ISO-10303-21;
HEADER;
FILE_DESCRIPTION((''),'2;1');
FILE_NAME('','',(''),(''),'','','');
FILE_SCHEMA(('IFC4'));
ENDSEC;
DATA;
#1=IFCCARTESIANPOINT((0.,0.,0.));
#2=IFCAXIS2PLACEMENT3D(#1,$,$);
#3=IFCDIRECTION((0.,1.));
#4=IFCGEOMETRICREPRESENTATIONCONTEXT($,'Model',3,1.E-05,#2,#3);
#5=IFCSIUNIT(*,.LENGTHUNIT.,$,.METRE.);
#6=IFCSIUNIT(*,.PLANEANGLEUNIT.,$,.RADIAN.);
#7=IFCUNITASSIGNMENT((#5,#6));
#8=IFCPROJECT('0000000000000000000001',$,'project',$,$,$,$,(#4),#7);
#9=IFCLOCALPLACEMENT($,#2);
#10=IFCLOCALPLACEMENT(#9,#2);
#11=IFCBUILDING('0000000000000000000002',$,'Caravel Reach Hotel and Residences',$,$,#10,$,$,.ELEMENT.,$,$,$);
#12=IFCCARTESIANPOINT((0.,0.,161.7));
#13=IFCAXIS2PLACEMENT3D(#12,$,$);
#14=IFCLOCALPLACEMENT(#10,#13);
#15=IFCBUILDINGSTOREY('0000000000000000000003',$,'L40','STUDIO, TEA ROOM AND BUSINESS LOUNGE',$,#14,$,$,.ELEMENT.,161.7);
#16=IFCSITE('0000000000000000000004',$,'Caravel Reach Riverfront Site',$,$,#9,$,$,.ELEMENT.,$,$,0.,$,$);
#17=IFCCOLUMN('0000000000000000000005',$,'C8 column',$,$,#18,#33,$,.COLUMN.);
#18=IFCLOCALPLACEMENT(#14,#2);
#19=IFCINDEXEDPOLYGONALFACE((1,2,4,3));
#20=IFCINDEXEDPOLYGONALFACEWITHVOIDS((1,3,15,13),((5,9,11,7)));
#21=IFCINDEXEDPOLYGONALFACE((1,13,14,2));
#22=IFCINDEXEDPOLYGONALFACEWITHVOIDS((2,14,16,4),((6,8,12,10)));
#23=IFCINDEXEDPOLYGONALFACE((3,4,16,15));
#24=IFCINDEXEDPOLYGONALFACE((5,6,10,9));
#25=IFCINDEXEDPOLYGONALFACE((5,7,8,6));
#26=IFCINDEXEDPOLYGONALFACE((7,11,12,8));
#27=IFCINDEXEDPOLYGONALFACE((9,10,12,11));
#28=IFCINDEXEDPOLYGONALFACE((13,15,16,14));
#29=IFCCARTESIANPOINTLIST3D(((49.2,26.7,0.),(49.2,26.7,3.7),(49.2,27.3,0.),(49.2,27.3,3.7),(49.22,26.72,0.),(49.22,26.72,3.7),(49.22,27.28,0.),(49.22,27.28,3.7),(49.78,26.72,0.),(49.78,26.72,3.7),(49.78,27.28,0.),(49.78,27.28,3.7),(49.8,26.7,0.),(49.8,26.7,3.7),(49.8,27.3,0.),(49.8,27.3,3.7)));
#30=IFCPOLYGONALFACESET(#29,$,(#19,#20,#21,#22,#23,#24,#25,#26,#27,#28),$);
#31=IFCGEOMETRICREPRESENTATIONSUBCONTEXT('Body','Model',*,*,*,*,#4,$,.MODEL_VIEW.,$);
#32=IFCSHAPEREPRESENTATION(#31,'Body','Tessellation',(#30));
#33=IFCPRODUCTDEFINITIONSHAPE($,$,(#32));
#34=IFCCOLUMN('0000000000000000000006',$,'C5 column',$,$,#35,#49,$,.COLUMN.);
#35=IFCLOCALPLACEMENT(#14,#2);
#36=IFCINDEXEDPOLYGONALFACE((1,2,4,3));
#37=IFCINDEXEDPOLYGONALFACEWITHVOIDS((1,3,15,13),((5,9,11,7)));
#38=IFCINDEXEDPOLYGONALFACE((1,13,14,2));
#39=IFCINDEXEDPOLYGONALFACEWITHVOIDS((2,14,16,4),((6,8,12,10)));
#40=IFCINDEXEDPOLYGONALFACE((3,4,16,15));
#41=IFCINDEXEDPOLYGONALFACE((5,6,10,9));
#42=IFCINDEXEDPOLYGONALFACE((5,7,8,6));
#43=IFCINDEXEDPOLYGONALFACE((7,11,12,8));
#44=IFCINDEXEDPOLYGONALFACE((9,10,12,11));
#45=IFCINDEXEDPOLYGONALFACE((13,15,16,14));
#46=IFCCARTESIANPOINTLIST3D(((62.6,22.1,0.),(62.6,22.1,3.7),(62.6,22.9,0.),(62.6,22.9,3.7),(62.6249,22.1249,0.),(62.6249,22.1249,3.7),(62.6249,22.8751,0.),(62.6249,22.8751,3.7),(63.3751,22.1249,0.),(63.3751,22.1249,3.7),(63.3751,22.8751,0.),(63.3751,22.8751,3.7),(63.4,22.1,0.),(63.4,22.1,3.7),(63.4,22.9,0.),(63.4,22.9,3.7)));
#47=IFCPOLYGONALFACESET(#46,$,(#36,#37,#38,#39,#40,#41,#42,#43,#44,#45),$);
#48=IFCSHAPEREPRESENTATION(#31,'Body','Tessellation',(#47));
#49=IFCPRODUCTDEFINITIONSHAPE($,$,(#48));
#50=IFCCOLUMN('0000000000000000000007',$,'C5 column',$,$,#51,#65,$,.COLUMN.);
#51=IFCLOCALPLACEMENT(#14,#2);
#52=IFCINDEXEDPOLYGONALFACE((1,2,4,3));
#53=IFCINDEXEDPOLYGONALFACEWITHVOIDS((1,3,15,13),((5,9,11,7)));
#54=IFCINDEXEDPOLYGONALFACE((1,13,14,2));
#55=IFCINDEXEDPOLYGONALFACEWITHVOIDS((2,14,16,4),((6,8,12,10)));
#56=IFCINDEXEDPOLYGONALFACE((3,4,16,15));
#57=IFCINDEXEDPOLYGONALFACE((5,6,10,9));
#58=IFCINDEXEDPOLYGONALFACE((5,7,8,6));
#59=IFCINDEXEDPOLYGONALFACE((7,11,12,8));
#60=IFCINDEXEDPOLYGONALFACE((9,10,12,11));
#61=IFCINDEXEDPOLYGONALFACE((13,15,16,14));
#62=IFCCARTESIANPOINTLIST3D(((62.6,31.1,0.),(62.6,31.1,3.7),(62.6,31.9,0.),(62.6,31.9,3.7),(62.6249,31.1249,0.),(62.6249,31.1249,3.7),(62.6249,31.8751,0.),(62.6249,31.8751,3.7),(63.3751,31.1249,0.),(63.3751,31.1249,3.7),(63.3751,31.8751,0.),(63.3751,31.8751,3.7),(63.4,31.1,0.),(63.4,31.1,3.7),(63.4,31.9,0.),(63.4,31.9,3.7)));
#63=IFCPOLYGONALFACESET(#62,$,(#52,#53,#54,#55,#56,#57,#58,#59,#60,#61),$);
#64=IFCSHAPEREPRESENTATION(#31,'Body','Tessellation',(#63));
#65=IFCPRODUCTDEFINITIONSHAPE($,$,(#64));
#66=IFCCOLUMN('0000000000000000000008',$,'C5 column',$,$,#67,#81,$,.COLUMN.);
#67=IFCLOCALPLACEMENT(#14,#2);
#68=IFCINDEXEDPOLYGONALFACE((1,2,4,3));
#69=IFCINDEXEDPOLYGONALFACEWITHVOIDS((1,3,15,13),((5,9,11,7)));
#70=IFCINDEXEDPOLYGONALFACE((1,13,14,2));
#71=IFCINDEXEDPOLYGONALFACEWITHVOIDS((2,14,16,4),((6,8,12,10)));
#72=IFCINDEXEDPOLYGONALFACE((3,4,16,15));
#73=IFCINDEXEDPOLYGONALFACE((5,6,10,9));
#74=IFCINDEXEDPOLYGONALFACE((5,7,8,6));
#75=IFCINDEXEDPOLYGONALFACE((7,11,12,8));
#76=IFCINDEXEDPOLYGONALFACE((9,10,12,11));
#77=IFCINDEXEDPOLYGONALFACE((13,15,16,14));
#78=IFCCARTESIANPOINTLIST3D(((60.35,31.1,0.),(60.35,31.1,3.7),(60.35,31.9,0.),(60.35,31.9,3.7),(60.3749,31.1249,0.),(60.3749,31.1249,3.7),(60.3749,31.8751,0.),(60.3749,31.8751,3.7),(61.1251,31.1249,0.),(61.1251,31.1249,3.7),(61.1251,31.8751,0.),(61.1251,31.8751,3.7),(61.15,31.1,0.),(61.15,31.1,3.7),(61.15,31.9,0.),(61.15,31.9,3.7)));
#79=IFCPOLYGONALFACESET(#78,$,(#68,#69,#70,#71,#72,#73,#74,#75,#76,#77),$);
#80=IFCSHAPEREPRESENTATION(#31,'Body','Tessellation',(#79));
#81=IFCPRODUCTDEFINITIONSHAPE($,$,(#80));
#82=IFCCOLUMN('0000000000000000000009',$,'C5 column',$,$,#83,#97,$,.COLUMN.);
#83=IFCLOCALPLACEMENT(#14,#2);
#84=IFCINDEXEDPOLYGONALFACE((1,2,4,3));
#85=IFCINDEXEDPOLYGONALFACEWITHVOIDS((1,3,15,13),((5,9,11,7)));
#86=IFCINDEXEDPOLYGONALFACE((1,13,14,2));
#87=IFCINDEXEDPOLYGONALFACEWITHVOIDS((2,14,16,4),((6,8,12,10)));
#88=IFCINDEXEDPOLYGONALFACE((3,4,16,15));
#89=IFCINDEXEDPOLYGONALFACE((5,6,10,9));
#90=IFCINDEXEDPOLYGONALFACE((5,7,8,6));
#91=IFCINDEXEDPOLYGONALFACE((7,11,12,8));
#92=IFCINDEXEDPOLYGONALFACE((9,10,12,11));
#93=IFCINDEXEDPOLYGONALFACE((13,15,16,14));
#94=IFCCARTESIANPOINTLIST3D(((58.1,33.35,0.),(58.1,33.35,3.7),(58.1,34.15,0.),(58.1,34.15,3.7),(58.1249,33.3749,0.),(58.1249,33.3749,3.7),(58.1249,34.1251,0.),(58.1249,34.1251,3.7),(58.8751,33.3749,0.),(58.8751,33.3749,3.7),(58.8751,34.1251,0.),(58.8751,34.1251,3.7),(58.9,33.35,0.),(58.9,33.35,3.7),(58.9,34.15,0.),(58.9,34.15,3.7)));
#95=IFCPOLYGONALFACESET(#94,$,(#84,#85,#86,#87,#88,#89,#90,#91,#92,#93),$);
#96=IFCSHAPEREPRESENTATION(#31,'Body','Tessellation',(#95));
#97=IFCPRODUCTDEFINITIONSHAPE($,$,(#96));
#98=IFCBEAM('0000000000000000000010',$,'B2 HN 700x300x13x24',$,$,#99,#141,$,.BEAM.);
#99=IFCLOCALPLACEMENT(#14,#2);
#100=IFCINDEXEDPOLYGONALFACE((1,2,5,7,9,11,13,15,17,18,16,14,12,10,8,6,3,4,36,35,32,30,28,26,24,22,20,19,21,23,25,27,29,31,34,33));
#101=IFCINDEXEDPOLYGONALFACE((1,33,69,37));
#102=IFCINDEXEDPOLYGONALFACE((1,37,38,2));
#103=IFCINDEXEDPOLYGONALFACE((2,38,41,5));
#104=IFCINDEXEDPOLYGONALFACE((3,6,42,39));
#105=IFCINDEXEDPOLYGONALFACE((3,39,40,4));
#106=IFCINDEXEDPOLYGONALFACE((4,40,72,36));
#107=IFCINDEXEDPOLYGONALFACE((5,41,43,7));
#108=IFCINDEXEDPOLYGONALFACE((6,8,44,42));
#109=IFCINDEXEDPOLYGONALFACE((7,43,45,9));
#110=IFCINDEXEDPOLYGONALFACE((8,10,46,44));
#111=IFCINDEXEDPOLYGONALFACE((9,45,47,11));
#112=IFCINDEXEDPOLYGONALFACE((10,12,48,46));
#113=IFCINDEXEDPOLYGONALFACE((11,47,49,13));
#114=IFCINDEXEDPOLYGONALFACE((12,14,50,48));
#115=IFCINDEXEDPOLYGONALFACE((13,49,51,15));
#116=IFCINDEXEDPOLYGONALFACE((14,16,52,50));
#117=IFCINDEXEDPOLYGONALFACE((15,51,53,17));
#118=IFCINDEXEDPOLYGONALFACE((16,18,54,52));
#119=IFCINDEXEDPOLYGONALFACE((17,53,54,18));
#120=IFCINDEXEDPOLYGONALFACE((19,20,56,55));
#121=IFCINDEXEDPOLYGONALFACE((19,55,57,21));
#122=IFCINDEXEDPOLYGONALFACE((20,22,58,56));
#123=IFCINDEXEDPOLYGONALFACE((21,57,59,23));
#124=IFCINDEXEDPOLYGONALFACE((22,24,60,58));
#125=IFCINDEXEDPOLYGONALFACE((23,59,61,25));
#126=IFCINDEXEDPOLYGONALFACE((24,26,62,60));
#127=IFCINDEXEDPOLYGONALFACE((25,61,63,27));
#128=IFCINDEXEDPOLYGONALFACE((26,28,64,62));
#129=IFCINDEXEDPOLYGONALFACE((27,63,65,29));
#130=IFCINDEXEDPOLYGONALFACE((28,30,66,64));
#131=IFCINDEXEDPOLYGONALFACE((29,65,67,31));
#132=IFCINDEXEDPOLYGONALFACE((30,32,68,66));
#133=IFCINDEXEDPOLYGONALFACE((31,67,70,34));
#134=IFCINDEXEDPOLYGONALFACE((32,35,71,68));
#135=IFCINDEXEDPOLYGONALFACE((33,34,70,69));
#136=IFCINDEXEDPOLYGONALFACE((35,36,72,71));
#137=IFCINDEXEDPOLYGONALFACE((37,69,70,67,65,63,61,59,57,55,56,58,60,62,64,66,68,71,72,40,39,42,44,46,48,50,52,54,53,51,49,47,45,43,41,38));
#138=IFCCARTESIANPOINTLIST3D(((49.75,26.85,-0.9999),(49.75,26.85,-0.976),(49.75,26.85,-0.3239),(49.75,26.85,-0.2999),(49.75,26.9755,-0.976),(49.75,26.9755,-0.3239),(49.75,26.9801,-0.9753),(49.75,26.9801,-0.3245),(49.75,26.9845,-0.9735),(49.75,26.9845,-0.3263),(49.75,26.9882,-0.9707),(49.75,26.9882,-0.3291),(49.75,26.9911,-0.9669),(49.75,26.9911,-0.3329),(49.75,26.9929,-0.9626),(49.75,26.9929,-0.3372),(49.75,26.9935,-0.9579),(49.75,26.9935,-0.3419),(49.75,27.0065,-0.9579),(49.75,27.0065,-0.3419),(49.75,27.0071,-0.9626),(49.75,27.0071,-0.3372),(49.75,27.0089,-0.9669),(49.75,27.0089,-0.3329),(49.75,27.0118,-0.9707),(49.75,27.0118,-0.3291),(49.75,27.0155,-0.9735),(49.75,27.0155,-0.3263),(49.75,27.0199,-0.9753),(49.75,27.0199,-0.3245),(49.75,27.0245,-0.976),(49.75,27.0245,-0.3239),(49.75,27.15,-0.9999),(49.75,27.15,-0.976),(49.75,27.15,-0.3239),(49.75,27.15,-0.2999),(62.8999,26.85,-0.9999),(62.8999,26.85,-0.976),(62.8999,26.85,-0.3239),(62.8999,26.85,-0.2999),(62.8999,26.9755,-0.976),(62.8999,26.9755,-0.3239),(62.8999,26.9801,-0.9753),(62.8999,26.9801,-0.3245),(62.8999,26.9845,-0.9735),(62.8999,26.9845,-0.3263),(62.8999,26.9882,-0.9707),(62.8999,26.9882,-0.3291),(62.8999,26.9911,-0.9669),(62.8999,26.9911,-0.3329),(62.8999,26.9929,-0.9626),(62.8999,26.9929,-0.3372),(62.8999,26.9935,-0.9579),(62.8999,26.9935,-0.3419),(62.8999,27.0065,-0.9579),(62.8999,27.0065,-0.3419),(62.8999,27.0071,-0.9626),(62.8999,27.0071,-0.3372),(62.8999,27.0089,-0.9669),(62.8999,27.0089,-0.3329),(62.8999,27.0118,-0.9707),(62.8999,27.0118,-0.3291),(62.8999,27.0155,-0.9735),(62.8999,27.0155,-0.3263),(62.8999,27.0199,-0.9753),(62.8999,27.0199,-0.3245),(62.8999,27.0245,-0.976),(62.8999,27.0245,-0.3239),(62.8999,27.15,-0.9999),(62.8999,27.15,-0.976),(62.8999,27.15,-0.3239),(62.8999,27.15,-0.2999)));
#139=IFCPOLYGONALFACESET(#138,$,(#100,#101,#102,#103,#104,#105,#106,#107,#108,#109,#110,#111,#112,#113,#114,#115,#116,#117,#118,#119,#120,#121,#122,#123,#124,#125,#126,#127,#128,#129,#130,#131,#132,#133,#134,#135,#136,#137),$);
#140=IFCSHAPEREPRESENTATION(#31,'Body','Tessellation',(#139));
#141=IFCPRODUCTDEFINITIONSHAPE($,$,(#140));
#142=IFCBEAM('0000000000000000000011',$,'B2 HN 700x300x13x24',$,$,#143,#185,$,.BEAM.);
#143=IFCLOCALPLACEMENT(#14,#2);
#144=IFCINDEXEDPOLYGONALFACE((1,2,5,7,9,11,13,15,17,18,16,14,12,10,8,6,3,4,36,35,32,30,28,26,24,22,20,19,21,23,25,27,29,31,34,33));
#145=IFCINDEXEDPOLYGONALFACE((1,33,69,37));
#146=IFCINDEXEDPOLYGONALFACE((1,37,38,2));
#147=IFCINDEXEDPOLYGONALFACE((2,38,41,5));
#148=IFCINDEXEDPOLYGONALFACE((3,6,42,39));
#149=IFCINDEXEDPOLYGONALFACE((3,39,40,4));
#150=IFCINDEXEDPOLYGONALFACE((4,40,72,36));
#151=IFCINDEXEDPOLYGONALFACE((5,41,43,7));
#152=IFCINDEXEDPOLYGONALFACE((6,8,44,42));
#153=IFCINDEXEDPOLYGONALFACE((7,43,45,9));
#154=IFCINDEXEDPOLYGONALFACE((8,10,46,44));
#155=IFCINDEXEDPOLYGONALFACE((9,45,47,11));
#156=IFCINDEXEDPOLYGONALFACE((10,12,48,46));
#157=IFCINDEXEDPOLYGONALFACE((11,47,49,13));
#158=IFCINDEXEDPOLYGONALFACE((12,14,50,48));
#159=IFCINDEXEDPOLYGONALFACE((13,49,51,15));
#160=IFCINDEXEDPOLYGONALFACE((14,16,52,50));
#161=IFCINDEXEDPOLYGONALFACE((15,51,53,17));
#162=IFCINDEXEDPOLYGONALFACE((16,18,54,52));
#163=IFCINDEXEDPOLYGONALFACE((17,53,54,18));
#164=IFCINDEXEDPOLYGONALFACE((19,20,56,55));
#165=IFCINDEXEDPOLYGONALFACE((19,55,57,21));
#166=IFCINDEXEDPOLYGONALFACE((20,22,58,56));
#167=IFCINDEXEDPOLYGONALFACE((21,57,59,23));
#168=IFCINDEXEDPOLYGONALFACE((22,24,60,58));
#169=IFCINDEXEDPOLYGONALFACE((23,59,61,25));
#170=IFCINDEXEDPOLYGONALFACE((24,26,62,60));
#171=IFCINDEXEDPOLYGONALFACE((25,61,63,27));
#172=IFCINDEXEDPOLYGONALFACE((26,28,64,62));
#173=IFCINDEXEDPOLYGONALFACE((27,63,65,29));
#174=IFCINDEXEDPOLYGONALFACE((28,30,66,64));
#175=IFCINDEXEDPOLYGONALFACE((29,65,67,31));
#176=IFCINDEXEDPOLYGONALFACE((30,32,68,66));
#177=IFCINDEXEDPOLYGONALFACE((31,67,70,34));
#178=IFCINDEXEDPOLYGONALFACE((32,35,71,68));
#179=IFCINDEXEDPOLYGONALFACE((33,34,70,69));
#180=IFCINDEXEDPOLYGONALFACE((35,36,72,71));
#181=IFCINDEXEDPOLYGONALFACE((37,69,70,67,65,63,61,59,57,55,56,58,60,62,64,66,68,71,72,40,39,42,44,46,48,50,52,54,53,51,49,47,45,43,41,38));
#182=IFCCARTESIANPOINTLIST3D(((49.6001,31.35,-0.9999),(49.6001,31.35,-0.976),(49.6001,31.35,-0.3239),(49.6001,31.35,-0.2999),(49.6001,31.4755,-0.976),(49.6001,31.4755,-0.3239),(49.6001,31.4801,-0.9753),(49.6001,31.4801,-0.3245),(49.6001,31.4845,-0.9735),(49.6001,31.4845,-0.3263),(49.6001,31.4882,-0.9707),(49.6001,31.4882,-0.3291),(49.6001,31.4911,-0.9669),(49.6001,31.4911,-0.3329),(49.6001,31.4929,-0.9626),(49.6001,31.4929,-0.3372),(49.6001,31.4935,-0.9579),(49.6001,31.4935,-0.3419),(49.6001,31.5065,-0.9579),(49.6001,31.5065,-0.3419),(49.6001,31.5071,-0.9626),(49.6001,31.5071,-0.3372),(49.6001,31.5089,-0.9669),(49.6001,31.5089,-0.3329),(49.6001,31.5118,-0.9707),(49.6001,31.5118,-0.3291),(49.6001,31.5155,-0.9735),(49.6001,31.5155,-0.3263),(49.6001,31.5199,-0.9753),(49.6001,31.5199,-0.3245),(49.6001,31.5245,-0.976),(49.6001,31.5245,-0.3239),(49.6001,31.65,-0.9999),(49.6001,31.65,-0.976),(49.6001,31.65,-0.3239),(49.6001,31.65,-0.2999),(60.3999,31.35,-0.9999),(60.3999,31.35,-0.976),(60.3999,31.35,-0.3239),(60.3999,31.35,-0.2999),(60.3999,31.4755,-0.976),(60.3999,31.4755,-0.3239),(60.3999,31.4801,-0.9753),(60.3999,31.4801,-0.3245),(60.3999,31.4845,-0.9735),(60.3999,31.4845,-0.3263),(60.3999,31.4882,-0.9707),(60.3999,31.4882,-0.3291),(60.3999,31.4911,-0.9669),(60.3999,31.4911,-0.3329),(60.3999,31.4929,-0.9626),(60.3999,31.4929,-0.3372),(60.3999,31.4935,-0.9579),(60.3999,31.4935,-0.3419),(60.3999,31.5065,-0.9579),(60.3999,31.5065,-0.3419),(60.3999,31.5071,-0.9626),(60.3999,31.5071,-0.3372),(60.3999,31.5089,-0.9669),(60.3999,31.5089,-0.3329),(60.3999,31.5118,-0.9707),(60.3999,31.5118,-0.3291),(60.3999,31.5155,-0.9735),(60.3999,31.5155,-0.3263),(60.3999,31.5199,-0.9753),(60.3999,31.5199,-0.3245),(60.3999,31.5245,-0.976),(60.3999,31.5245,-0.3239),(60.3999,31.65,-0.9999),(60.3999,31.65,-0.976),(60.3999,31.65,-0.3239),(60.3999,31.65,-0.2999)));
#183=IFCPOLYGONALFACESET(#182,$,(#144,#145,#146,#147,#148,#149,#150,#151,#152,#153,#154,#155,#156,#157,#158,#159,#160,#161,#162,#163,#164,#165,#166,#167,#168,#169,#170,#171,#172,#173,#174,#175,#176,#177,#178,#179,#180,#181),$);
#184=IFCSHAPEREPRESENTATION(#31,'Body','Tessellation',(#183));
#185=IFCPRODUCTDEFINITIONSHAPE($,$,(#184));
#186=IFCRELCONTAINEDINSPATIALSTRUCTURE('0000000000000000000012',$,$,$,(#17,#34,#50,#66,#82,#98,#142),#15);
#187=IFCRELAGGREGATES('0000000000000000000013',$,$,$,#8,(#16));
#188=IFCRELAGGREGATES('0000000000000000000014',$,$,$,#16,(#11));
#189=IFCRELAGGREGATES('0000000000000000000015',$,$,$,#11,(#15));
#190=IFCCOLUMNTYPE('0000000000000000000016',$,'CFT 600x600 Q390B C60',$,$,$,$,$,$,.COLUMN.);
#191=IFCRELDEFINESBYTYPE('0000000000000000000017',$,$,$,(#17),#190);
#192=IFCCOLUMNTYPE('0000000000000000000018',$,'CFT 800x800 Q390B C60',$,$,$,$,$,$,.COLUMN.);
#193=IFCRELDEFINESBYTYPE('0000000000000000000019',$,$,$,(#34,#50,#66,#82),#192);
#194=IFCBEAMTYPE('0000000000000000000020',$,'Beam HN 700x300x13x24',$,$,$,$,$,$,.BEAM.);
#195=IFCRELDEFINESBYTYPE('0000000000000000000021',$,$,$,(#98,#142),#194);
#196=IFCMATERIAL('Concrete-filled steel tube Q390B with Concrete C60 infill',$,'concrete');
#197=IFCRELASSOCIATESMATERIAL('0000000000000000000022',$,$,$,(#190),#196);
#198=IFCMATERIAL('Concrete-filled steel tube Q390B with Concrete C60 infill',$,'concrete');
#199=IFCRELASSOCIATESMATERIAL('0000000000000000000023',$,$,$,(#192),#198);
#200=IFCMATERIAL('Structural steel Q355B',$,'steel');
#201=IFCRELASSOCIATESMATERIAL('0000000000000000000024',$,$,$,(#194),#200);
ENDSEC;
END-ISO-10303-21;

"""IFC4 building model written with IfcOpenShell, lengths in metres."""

from ifc_helpers import new_model, si_unit, direction, frame, origin, origin_2d, place, context, subcontext, project, spatial, hollow_rectangle, i_section, extrude, material, material_profile, profile_set, type_object, element, save


model = new_model("IFC4")

# Units and contexts
model_context = context("Model", 3, precision=1e-05, world=origin(), true_north=direction((0.0, 1.0)))
body_context = subcontext(model_context, "Body", "Model", "MODEL_VIEW")
ifc_project = project(units=[si_unit("LENGTHUNIT", "METRE"), si_unit("PLANEANGLEUNIT", "RADIAN")], contexts=[model_context])

# Site, building, storey
site_placement = place(None, origin())
site = spatial("IfcSite", under=ifc_project, at=site_placement, Name="Caravel Reach Riverfront Site", CompositionType="ELEMENT", RefElevation=0.0)
building_placement = place(site_placement, origin())
building = spatial("IfcBuilding", under=site, at=building_placement, Name="Caravel Reach Hotel and Residences", CompositionType="ELEMENT")
storey_placement = place(building_placement, frame((0.0, 0.0, 161.7)))
storey = spatial("IfcBuildingStorey", under=building, at=storey_placement, Name="L40", Description="STUDIO, TEA ROOM AND BUSINESS LOUNGE", CompositionType="ELEMENT", Elevation=161.7)

# Columns
ifc_material_1 = material(Name="Concrete-filled steel tube Q390B with Concrete C60 infill", Category="concrete")
ifc_material_profile_1 = material_profile(ifc_material_1, hollow_rectangle(XDim=0.6001, YDim=0.6001, WallThickness=0.02, at=origin_2d()), Name="RHS 600x600x20")
ifc_profile_set_1 = profile_set([ifc_material_profile_1], Name="Concrete-filled steel tube Q390B with Concrete C60 infill")
column_type_1 = type_object("IfcColumnType", Name="CFT 600x600 Q390B C60", PredefinedType="COLUMN", material=ifc_profile_set_1)
column_placement = place(storey_placement, frame((49.5, 27.0, 0.0), z_axis=(0.0, 0.0, 1.0), x_axis=(1.0, 0.0, 0.0)))
element("IfcColumn", 1, at=column_placement, inside=storey, type_object=column_type_1, Name="C8 column", PredefinedType="COLUMN", context=body_context, shape_type="SweptSolid", body=[
    extrude(hollow_rectangle(XDim=0.6001, YDim=0.6001, WallThickness=0.02, at=origin_2d()), origin(), (0.0, 0.0, 1.0), 3.7),
])
ifc_material_2 = material(Name="Concrete-filled steel tube Q390B with Concrete C60 infill", Category="concrete")
ifc_material_profile_2 = material_profile(ifc_material_2, hollow_rectangle(XDim=0.8, YDim=0.8, WallThickness=0.0249, at=origin_2d()), Name="RHS 800x800x25")
ifc_profile_set_2 = profile_set([ifc_material_profile_2], Name="Concrete-filled steel tube Q390B with Concrete C60 infill")
column_type_2 = type_object("IfcColumnType", Name="CFT 800x800 Q390B C60", PredefinedType="COLUMN", material=ifc_profile_set_2)
for number, where, z_axis, x_axis, name in (
    (2, (63.0, 22.5, 0.0), (0.0, 0.0, 1.0), (1.0, 0.0, 0.0), "C5 column"),
    (3, (63.0, 31.5, 0.0), (0.0, 0.0, 1.0), (1.0, 0.0, 0.0), "C5 column"),
    (4, (60.75, 31.5, 0.0), (0.0, 0.0, 1.0), (1.0, 0.0, 0.0), "C5 column"),
    (5, (58.5, 33.75, 0.0), (0.0, 0.0, 1.0), (1.0, 0.0, 0.0), "C5 column"),
):
    element("IfcColumn", number, at=place(storey_placement, frame(where, z_axis=z_axis, x_axis=x_axis)), inside=storey, type_object=column_type_2, Name=name, PredefinedType="COLUMN", context=body_context, shape_type="SweptSolid", body=[
        extrude(hollow_rectangle(XDim=0.8, YDim=0.8, WallThickness=0.0249, at=origin_2d()), origin(), (0.0, 0.0, 1.0), 3.7),
    ])

# Beams
ifc_material_3 = material(Name="Structural steel Q355B", Category="steel")
ifc_material_profile_3 = material_profile(ifc_material_3, i_section(OverallWidth=0.3, OverallDepth=0.7, WebThickness=0.0129, FlangeThickness=0.0239, FilletRadius=0.0181, at=origin_2d()), Name="HN 700x300x13x24")
ifc_profile_set_3 = profile_set([ifc_material_profile_3], Name="Structural steel Q355B")
beam_type_1 = type_object("IfcBeamType", Name="Beam HN 700x300x13x24", PredefinedType="BEAM", material=ifc_profile_set_3)
beam_1_placement = place(storey_placement, frame((49.75, 27.0, -0.6499), z_axis=(1.0, 0.0, 0.0), x_axis=(0.0, 1.0, 0.0)))
element("IfcBeam", 6, at=beam_1_placement, inside=storey, type_object=beam_type_1, Name="B2 HN 700x300x13x24", PredefinedType="BEAM", context=body_context, shape_type="SweptSolid", body=[
    extrude(i_section(OverallWidth=0.3, OverallDepth=0.7, WebThickness=0.0129, FlangeThickness=0.0239, FilletRadius=0.0181, at=origin_2d()), origin(), (0.0, 0.0, 1.0), 13.1499),
])
beam_2_placement = place(storey_placement, frame((49.6001, 31.5, -0.6499), z_axis=(1.0, 0.0, 0.0), x_axis=(0.0, 1.0, 0.0)))
element("IfcBeam", 7, at=beam_2_placement, inside=storey, type_object=beam_type_1, Name="B2 HN 700x300x13x24", PredefinedType="BEAM", context=body_context, shape_type="SweptSolid", body=[
    extrude(i_section(OverallWidth=0.3, OverallDepth=0.7, WebThickness=0.0129, FlangeThickness=0.0239, FilletRadius=0.0181, at=origin_2d()), origin(), (0.0, 0.0, 1.0), 10.7998),
])

save(model, "model.ifc")
